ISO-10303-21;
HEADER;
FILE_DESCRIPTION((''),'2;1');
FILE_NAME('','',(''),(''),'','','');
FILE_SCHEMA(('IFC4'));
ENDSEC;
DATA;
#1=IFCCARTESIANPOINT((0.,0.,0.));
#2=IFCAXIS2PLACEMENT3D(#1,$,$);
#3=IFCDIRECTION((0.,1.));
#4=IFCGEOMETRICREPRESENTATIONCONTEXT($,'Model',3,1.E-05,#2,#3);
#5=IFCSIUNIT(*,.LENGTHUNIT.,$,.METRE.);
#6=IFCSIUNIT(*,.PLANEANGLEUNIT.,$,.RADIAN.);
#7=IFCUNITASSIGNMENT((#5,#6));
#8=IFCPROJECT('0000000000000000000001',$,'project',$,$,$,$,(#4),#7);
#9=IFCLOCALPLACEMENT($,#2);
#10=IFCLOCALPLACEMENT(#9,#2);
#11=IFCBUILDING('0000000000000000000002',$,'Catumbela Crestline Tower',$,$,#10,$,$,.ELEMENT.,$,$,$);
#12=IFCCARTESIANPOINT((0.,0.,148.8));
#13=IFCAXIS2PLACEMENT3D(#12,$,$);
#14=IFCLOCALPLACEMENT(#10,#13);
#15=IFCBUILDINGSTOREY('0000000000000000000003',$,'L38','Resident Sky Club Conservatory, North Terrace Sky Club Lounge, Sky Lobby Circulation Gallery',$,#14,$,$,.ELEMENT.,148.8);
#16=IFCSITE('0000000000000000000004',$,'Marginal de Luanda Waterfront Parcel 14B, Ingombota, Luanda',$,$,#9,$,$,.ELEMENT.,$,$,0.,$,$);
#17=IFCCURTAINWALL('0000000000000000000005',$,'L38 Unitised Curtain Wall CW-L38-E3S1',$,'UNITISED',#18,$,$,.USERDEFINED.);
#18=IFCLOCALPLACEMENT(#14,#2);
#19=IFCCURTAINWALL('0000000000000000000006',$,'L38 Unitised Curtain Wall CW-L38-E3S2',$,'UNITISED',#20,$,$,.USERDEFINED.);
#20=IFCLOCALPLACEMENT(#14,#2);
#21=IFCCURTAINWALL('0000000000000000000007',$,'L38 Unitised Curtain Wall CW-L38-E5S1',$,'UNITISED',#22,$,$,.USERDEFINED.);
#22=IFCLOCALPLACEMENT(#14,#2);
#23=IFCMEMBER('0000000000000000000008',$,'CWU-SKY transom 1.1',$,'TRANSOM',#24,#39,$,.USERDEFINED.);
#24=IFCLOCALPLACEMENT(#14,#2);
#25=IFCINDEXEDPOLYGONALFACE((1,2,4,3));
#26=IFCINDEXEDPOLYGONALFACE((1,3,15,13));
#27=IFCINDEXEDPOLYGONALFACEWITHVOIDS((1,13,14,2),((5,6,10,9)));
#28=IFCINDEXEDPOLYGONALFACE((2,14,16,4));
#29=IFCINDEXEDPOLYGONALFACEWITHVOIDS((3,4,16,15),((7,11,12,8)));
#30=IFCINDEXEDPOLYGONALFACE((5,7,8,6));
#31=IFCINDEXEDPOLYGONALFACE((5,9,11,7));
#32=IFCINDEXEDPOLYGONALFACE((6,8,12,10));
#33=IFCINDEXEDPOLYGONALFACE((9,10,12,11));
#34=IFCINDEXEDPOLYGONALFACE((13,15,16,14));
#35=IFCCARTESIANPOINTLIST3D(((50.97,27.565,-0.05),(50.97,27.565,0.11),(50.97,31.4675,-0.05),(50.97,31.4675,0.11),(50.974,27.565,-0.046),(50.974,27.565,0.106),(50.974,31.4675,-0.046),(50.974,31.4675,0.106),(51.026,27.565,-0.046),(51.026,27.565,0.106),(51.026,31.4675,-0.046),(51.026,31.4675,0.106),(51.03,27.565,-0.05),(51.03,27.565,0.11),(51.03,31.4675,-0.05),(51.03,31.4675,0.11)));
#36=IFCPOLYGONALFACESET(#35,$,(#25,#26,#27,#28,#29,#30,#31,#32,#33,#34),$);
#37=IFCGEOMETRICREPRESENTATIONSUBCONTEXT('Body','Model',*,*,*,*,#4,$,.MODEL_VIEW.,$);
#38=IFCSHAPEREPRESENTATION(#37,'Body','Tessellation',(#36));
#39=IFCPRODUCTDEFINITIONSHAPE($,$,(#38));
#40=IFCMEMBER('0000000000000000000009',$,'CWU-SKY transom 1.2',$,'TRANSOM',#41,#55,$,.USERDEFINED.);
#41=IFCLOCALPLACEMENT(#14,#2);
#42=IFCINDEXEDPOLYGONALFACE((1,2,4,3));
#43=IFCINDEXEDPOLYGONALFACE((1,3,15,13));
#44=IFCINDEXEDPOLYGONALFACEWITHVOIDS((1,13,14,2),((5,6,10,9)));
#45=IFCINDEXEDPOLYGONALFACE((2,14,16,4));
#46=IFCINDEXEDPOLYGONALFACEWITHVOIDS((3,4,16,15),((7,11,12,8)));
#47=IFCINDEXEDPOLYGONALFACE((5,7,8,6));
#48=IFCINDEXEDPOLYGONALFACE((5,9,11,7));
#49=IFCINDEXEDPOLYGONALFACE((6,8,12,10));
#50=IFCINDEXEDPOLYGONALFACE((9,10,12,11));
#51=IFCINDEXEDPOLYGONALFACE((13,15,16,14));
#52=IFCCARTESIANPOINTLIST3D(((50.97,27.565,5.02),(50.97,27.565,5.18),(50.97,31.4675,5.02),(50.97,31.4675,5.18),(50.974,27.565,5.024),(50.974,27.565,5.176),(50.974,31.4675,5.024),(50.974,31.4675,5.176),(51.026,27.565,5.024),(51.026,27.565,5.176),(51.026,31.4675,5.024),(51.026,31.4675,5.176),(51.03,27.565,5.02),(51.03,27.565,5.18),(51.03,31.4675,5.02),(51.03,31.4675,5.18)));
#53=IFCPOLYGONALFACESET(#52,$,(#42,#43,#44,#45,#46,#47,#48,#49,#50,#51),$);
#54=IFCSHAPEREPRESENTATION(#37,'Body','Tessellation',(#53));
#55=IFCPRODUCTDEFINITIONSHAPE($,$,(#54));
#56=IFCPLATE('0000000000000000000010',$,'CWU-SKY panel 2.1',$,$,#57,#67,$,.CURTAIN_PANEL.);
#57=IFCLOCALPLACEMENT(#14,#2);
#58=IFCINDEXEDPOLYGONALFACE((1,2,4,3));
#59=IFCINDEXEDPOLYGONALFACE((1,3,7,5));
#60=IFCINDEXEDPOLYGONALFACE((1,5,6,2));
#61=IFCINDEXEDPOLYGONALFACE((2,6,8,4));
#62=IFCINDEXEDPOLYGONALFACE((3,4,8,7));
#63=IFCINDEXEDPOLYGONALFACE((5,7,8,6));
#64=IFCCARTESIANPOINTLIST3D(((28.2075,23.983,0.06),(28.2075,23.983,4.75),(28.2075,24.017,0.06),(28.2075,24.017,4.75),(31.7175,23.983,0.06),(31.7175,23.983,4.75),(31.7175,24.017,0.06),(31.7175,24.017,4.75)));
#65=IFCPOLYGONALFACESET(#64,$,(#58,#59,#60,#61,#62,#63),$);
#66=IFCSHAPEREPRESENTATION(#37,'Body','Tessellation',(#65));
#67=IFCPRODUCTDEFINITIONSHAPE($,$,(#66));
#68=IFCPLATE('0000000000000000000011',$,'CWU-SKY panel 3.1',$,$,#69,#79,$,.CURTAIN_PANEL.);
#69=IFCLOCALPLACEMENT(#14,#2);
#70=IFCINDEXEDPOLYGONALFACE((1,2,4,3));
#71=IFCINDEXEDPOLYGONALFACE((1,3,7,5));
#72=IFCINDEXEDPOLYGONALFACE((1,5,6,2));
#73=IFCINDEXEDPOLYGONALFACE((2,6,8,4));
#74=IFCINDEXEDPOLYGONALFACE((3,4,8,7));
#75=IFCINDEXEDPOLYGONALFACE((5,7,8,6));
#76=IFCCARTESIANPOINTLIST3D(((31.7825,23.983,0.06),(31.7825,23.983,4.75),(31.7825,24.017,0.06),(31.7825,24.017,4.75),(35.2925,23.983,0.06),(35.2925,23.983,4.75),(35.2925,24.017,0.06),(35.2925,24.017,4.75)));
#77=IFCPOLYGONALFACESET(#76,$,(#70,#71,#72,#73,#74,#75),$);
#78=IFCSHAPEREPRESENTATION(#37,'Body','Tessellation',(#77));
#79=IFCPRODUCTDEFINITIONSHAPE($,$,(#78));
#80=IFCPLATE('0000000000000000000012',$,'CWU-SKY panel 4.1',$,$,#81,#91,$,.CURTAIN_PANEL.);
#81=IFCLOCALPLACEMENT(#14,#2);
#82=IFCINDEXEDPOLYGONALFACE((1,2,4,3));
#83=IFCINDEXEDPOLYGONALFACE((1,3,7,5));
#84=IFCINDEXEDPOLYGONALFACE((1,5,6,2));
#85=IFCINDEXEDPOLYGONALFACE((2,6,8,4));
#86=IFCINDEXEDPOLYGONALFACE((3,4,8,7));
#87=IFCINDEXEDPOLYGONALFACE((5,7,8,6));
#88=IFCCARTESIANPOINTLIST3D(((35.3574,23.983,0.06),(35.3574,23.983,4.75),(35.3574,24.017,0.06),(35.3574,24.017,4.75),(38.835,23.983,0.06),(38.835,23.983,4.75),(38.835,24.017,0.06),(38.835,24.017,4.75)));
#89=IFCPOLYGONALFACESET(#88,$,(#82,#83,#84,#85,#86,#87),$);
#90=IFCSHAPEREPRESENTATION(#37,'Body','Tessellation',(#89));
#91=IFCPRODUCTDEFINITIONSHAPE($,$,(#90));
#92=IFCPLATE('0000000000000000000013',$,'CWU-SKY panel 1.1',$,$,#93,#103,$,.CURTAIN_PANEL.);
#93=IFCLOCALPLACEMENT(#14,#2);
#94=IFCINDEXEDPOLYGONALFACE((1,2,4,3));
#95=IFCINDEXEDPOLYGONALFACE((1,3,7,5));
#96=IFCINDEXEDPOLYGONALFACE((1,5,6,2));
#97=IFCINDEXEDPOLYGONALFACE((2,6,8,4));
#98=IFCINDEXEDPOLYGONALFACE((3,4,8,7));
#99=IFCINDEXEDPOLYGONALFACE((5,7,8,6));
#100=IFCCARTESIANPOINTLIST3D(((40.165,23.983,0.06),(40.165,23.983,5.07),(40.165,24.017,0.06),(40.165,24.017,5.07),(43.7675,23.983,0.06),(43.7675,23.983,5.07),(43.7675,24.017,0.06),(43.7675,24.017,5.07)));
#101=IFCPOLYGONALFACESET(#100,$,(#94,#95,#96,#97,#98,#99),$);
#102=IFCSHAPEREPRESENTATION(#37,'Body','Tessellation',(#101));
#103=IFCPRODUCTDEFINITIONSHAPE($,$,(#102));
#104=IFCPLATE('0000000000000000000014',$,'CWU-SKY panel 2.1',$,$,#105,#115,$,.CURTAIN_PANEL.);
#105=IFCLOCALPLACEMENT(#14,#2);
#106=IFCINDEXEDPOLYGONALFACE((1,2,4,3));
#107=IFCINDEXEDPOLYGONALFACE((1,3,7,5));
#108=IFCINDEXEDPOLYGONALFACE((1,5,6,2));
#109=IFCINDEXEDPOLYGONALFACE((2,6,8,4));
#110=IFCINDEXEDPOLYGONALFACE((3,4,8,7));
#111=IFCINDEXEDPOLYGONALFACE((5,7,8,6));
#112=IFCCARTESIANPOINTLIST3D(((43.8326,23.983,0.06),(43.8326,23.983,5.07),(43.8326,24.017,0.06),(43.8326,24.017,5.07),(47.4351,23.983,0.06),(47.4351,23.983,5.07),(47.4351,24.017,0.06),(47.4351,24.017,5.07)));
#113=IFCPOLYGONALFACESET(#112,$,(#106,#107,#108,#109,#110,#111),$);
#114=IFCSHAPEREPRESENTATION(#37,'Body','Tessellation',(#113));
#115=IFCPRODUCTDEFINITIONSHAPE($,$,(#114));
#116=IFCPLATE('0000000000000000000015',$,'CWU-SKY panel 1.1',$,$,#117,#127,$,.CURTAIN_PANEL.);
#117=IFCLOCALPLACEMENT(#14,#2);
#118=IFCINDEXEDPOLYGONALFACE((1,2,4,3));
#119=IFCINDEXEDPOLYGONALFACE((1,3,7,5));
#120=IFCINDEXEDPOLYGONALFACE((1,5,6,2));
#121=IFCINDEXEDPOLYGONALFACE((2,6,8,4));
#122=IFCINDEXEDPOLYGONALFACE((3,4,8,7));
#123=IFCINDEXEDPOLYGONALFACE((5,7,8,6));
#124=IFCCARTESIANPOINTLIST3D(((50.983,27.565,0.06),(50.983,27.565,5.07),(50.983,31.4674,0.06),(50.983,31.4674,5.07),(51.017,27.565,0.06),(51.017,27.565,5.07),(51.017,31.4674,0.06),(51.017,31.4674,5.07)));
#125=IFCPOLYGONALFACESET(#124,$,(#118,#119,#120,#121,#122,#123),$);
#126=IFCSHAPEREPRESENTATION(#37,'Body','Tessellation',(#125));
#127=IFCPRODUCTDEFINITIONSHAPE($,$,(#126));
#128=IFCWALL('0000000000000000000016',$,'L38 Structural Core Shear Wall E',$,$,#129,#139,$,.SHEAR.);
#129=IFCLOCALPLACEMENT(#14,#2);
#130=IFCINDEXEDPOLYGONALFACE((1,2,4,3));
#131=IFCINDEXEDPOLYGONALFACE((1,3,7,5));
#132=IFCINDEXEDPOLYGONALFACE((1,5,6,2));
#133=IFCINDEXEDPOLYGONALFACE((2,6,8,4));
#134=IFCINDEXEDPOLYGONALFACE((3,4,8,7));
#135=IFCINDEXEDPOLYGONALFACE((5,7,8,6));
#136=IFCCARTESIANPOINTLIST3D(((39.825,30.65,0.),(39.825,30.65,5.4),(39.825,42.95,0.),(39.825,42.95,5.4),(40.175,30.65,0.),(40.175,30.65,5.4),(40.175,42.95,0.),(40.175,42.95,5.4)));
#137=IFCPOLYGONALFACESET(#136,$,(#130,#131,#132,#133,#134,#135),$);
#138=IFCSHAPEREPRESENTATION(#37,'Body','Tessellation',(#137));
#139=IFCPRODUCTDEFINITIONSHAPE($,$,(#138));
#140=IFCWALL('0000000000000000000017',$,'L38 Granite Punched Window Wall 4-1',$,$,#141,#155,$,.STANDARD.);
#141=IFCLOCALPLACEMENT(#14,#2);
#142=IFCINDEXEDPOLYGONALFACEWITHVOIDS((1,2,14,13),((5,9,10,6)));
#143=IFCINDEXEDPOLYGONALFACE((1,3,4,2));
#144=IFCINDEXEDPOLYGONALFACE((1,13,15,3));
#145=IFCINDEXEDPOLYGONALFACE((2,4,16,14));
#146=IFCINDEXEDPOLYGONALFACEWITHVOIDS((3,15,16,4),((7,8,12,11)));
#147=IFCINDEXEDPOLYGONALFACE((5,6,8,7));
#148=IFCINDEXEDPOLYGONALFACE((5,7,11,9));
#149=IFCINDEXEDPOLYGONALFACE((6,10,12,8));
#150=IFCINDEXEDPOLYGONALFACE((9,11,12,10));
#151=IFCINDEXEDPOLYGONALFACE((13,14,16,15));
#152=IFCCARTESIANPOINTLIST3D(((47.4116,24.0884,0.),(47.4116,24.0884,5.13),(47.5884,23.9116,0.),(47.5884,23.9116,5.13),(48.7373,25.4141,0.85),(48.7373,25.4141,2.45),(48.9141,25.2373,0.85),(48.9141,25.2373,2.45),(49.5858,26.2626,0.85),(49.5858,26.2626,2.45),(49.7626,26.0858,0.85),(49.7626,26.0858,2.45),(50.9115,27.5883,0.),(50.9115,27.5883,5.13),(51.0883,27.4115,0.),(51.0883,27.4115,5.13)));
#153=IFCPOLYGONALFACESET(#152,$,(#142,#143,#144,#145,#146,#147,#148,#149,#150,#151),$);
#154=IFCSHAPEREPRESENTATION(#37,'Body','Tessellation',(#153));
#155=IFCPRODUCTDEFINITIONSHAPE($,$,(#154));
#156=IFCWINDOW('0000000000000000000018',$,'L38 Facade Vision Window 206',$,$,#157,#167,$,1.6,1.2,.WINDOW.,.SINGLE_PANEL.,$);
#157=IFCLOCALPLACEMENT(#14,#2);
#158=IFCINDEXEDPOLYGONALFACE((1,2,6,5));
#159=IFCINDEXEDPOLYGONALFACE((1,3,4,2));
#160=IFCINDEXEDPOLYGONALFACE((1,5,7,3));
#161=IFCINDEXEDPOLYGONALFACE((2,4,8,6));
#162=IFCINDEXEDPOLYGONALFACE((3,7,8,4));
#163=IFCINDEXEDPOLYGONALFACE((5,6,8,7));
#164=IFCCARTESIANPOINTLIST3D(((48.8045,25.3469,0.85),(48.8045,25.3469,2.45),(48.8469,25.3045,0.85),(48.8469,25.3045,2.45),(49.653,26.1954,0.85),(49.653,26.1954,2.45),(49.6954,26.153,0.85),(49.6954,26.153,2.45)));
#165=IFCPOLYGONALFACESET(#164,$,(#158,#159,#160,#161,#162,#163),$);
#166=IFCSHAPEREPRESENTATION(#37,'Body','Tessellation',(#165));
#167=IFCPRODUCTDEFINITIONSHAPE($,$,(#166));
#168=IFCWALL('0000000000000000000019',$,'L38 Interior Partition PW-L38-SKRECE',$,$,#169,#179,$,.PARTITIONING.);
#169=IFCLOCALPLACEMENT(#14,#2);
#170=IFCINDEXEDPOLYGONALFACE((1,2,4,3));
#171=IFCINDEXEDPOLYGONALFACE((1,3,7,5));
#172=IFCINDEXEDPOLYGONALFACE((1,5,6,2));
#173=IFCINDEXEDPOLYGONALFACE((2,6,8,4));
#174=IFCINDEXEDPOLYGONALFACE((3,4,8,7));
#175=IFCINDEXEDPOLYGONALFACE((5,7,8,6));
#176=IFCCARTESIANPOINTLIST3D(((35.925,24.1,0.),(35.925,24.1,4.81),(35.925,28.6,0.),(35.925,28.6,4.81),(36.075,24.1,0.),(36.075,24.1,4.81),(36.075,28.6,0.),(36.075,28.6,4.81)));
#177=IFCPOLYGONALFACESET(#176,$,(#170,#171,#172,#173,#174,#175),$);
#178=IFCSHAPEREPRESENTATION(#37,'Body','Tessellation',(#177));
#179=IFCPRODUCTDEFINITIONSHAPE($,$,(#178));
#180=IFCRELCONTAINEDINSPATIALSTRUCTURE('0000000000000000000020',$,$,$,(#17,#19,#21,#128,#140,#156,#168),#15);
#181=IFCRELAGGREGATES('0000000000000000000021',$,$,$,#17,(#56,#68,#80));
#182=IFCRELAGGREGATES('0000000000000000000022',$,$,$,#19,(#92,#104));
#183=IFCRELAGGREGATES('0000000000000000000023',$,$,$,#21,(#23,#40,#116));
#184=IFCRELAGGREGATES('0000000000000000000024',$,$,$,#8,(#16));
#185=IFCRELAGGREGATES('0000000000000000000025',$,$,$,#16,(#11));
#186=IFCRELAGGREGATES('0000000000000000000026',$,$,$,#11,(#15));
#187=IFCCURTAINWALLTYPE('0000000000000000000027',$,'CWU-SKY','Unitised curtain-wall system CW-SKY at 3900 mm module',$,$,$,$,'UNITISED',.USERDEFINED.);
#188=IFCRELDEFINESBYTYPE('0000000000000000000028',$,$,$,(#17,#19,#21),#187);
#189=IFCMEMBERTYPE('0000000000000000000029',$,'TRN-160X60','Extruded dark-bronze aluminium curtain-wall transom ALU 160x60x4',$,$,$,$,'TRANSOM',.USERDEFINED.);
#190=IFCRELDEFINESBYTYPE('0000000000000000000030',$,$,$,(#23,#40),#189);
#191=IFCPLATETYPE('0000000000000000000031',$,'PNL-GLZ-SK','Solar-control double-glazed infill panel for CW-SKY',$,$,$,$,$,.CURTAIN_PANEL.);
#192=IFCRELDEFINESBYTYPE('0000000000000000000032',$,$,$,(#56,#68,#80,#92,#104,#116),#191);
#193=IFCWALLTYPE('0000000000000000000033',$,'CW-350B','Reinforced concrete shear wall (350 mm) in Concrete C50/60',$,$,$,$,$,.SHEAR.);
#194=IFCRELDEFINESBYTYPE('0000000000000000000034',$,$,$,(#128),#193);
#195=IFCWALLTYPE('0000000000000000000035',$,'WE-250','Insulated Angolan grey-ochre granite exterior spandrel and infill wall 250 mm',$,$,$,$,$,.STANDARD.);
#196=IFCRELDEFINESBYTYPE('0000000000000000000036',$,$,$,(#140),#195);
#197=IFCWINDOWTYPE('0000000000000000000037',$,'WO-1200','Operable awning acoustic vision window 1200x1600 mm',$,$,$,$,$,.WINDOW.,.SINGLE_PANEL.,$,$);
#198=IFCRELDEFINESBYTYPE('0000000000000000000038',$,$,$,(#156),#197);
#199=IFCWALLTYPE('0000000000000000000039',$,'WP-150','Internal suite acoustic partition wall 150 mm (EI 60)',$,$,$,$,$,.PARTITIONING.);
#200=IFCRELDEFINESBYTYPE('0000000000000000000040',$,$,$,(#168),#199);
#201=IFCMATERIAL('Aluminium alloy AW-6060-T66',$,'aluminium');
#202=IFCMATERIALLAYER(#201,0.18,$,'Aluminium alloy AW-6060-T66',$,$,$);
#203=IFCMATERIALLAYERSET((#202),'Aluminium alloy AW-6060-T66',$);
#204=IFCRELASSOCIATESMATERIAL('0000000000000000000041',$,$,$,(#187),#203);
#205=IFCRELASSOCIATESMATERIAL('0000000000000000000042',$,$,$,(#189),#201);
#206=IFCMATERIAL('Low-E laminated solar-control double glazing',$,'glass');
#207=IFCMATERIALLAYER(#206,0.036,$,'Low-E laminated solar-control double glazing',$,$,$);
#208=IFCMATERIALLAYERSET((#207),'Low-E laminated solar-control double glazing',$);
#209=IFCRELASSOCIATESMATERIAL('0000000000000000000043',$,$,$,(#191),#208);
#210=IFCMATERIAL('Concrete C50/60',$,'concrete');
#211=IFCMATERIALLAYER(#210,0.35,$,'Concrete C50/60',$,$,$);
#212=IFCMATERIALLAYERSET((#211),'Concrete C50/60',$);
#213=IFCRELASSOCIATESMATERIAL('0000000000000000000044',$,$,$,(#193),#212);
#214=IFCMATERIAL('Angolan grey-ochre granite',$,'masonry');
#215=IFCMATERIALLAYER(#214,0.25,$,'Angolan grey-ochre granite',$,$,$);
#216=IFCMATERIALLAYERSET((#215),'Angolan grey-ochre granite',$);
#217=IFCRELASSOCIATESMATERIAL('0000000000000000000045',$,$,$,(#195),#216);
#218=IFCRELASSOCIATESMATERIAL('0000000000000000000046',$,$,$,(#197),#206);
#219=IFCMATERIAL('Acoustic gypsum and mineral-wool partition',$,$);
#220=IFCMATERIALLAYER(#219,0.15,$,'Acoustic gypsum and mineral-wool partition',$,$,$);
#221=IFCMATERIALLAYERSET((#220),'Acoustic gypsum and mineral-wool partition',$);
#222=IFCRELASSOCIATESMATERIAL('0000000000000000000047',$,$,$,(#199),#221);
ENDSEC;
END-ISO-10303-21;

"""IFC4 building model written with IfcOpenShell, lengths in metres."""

from ifc_helpers import new_model, si_unit, direction, frame, frame_2d, origin, origin_2d, place, context, subcontext, project, spatial, rectangle, hollow_rectangle, extrude, material, layer, layer_set, material_profile, profile_set, type_object, element, fill, aggregate, save


model = new_model("IFC4")

# Units and contexts
model_context = context("Model", 3, precision=1e-05, world=origin(), true_north=direction((0.0, 1.0)))
body_context = subcontext(model_context, "Body", "Model", "MODEL_VIEW")
ifc_project = project(units=[si_unit("LENGTHUNIT", "METRE"), si_unit("PLANEANGLEUNIT", "RADIAN")], contexts=[model_context])

# Site, building, storey
site_placement = place(None, origin())
site = spatial("IfcSite", under=ifc_project, at=site_placement, Name="Marginal de Luanda Waterfront Parcel 14B, Ingombota, Luanda", CompositionType="ELEMENT", RefElevation=0.0)
building_placement = place(site_placement, origin())
building = spatial("IfcBuilding", under=site, at=building_placement, Name="Catumbela Crestline Tower", CompositionType="ELEMENT")
storey_placement = place(building_placement, frame((0.0, 0.0, 148.8)))
storey = spatial("IfcBuildingStorey", under=building, at=storey_placement, Name="L38", Description="Resident Sky Club Conservatory, North Terrace Sky Club Lounge, Sky Lobby Circulation Gallery", CompositionType="ELEMENT", Elevation=148.8)

# Shared definitions
ifc_material_1 = material(Name="Concrete C50/60", Category="concrete")

# Curtain walls
ifc_material_2 = material(Name="Aluminium alloy AW-6060-T66", Category="aluminium")
ifc_layer_1 = layer(ifc_material_2, 0.18, Name="Aluminium alloy AW-6060-T66")
ifc_layer_set_1 = layer_set([ifc_layer_1], Name="Aluminium alloy AW-6060-T66")
curtain_wall_type = type_object("IfcCurtainWallType", Name="CWU-SKY", Description="Unitised curtain-wall system CW-SKY at 3900 mm module", ElementType="UNITISED", PredefinedType="USERDEFINED", material=ifc_layer_set_1)
curtain_wall_1_placement = place(storey_placement, origin())
curtain_wall_1 = element("IfcCurtainWall", 1, at=curtain_wall_1_placement, inside=storey, type_object=curtain_wall_type, Name="L38 Unitised Curtain Wall CW-L38-E3S1", ObjectType="UNITISED", PredefinedType="USERDEFINED")
curtain_wall_2_placement = place(storey_placement, origin())
curtain_wall_2 = element("IfcCurtainWall", 2, at=curtain_wall_2_placement, inside=storey, type_object=curtain_wall_type, Name="L38 Unitised Curtain Wall CW-L38-E3S2", ObjectType="UNITISED", PredefinedType="USERDEFINED")

# Curtain wall
curtain_wall_3_placement = place(storey_placement, origin())
curtain_wall_3 = element("IfcCurtainWall", 3, at=curtain_wall_3_placement, inside=storey, type_object=curtain_wall_type, Name="L38 Unitised Curtain Wall CW-L38-E5S1", ObjectType="UNITISED", PredefinedType="USERDEFINED")

# Members
ifc_material_profile_1 = material_profile(ifc_material_2, hollow_rectangle(XDim=0.06, YDim=0.16, WallThickness=0.004, at=origin_2d()), Name="ALU 160x60x4")
ifc_profile_set_1 = profile_set([ifc_material_profile_1], Name="Aluminium alloy AW-6060-T66")
member_type_1 = type_object("IfcMemberType", Name="TRN-160X60", Description="Extruded dark-bronze aluminium curtain-wall transom ALU 160x60x4", ElementType="TRANSOM", PredefinedType="USERDEFINED", material=ifc_profile_set_1)
member_1_placement = place(storey_placement, frame((51.0, 27.565, 0.03), z_axis=(0.0, 1.0, 0.0), x_axis=(-1.0, 0.0, 0.0)))
member_1 = element("IfcMember", 4, at=member_1_placement, type_object=member_type_1, Name="CWU-SKY transom 1.1", ObjectType="TRANSOM", PredefinedType="USERDEFINED", context=body_context, shape_type="SweptSolid", body=[
    extrude(hollow_rectangle(XDim=0.06, YDim=0.16, WallThickness=0.004, at=origin_2d()), origin(), (0.0, 0.0, 1.0), 3.9025),
])
member_2_placement = place(storey_placement, frame((51.0, 27.565, 5.1), z_axis=(0.0, 1.0, 0.0), x_axis=(-1.0, 0.0, 0.0)))
member_2 = element("IfcMember", 5, at=member_2_placement, type_object=member_type_1, Name="CWU-SKY transom 1.2", ObjectType="TRANSOM", PredefinedType="USERDEFINED", context=body_context, shape_type="SweptSolid", body=[
    extrude(hollow_rectangle(XDim=0.06, YDim=0.16, WallThickness=0.004, at=origin_2d()), origin(), (0.0, 0.0, 1.0), 3.9025),
])

# Plates
ifc_material_3 = material(Name="Low-E laminated solar-control double glazing", Category="glass")
ifc_layer_2 = layer(ifc_material_3, 0.036, Name="Low-E laminated solar-control double glazing")
ifc_layer_set_2 = layer_set([ifc_layer_2], Name="Low-E laminated solar-control double glazing")
plate_type = type_object("IfcPlateType", Name="PNL-GLZ-SK", Description="Solar-control double-glazed infill panel for CW-SKY", PredefinedType="CURTAIN_PANEL", material=ifc_layer_set_2)
plate_1_placement = place(storey_placement, frame((29.9625, 24.0, 0.06), z_axis=(0.0, 0.0, 1.0), x_axis=(1.0, 0.0, 0.0)))
plate_1 = element("IfcPlate", 6, at=plate_1_placement, type_object=plate_type, Name="CWU-SKY panel 2.1", PredefinedType="CURTAIN_PANEL", context=body_context, shape_type="SweptSolid", body=[
    extrude(rectangle(XDim=3.51, YDim=0.034, at=origin_2d()), origin(), (0.0, 0.0, 1.0), 4.69),
])
plate_2_placement = place(storey_placement, frame((33.5375, 24.0, 0.06), z_axis=(0.0, 0.0, 1.0), x_axis=(1.0, 0.0, 0.0)))
plate_2 = element("IfcPlate", 7, at=plate_2_placement, type_object=plate_type, Name="CWU-SKY panel 3.1", PredefinedType="CURTAIN_PANEL", context=body_context, shape_type="SweptSolid", body=[
    extrude(rectangle(XDim=3.51, YDim=0.034, at=origin_2d()), origin(), (0.0, 0.0, 1.0), 4.69),
])
plate_3_placement = place(storey_placement, frame((37.0962, 24.0, 0.06), z_axis=(0.0, 0.0, 1.0), x_axis=(1.0, 0.0, 0.0)))
plate_3 = element("IfcPlate", 8, at=plate_3_placement, type_object=plate_type, Name="CWU-SKY panel 4.1", PredefinedType="CURTAIN_PANEL", context=body_context, shape_type="SweptSolid", body=[
    extrude(rectangle(XDim=3.4775, YDim=0.034, at=origin_2d()), origin(), (0.0, 0.0, 1.0), 4.69),
])
aggregate(curtain_wall_1, [plate_1, plate_2, plate_3])
plate_4_placement = place(storey_placement, frame((41.9662, 24.0, 0.06), z_axis=(0.0, 0.0, 1.0), x_axis=(1.0, 0.0, 0.0)))
plate_4 = element("IfcPlate", 9, at=plate_4_placement, type_object=plate_type, Name="CWU-SKY panel 1.1", PredefinedType="CURTAIN_PANEL", context=body_context, shape_type="SweptSolid", body=[
    extrude(rectangle(XDim=3.6025, YDim=0.034, at=origin_2d()), origin(), (0.0, 0.0, 1.0), 5.01),
])
plate_5_placement = place(storey_placement, frame((45.6338, 24.0, 0.06), z_axis=(0.0, 0.0, 1.0), x_axis=(1.0, 0.0, 0.0)))
plate_5 = element("IfcPlate", 10, at=plate_5_placement, type_object=plate_type, Name="CWU-SKY panel 2.1", PredefinedType="CURTAIN_PANEL", context=body_context, shape_type="SweptSolid", body=[
    extrude(rectangle(XDim=3.6025, YDim=0.034, at=origin_2d()), origin(), (0.0, 0.0, 1.0), 5.01),
])
aggregate(curtain_wall_2, [plate_4, plate_5])
plate_6_placement = place(storey_placement, frame((51.0, 29.5162, 0.06), z_axis=(0.0, 0.0, 1.0), x_axis=(0.0, 1.0, 0.0)))
plate_6 = element("IfcPlate", 11, at=plate_6_placement, type_object=plate_type, Name="CWU-SKY panel 1.1", PredefinedType="CURTAIN_PANEL", context=body_context, shape_type="SweptSolid", body=[
    extrude(rectangle(XDim=3.9025, YDim=0.034, at=origin_2d()), origin(), (0.0, 0.0, 1.0), 5.01),
])
aggregate(curtain_wall_3, [member_1, member_2, plate_6])

# Wall
ifc_layer_3 = layer(ifc_material_1, 0.35, Name="Concrete C50/60")
ifc_layer_set_3 = layer_set([ifc_layer_3], Name="Concrete C50/60")
wall_type_1 = type_object("IfcWallType", Name="CW-350B", Description="Reinforced concrete shear wall (350 mm) in Concrete C50/60", PredefinedType="SHEAR", material=ifc_layer_set_3)
wall_1_placement = place(storey_placement, frame((40.0, 30.65, 0.0), z_axis=(0.0, 0.0, 1.0), x_axis=(0.0, 1.0, 0.0)))
element("IfcWall", 12, at=wall_1_placement, inside=storey, type_object=wall_type_1, Name="L38 Structural Core Shear Wall E", PredefinedType="SHEAR", context=body_context, shape_type="SweptSolid", body=[
    extrude(rectangle(XDim=12.3, YDim=0.35, at=frame_2d((6.15, 0.0))), origin(), (0.0, 0.0, 1.0), 5.4),
])

# Wall, opening, window
ifc_material_4 = material(Name="Angolan grey-ochre granite", Category="masonry")
ifc_layer_4 = layer(ifc_material_4, 0.25, Name="Angolan grey-ochre granite")
ifc_layer_set_4 = layer_set([ifc_layer_4], Name="Angolan grey-ochre granite")
wall_type_2 = type_object("IfcWallType", Name="WE-250", Description="Insulated Angolan grey-ochre granite exterior spandrel and infill wall 250 mm", PredefinedType="STANDARD", material=ifc_layer_set_4)
wall_2_placement = place(storey_placement, frame((47.5, 24.0, 0.0), z_axis=(0.0, 0.0, 1.0), x_axis=(0.707107, 0.707107, 0.0)))
wall_2 = element("IfcWall", 13, at=wall_2_placement, inside=storey, type_object=wall_type_2, Name="L38 Granite Punched Window Wall 4-1", PredefinedType="STANDARD", context=body_context, shape_type="SweptSolid", body=[
    extrude(rectangle(XDim=4.9497, YDim=0.25, at=frame_2d((2.4748, 0.0))), origin(), (0.0, 0.0, 1.0), 5.13),
])
opening_placement = place(wall_2_placement, frame((1.8748, 0.0, 0.85)))
opening = element("IfcOpeningElement", 14, at=opening_placement, cuts=wall_2, PredefinedType="OPENING", context=body_context, shape_type="SweptSolid", body=[
    extrude(rectangle(XDim=1.2, YDim=1.6, at=frame_2d((0.6, 0.8))), frame((0.0, 0.135, 0.0), z_axis=(0.0, -1.0, 0.0), x_axis=(1.0, 0.0, 0.0)), (0.0, 0.0, 1.0), 0.27),
])
window_type = type_object("IfcWindowType", Name="WO-1200", Description="Operable awning acoustic vision window 1200x1600 mm", PartitioningType="SINGLE_PANEL", PredefinedType="WINDOW", material=ifc_material_3)
window_placement = place(opening_placement, origin())
window = element("IfcWindow", 15, at=window_placement, inside=storey, type_object=window_type, Name="L38 Facade Vision Window 206", OverallHeight=1.6, OverallWidth=1.2, PartitioningType="SINGLE_PANEL", PredefinedType="WINDOW", context=body_context, shape_type="SweptSolid", body=[
    extrude(rectangle(XDim=1.2, YDim=1.6, at=frame_2d((0.6, 0.8))), frame((0.0, 0.03, 0.0), z_axis=(0.0, -1.0, 0.0), x_axis=(1.0, 0.0, 0.0)), (0.0, 0.0, 1.0), 0.06),
])
fill(opening, window)

# Wall
ifc_material_5 = material(Name="Acoustic gypsum and mineral-wool partition")
ifc_layer_5 = layer(ifc_material_5, 0.15, Name="Acoustic gypsum and mineral-wool partition")
ifc_layer_set_5 = layer_set([ifc_layer_5], Name="Acoustic gypsum and mineral-wool partition")
wall_type_3 = type_object("IfcWallType", Name="WP-150", Description="Internal suite acoustic partition wall 150 mm (EI 60)", PredefinedType="PARTITIONING", material=ifc_layer_set_5)
wall_3_placement = place(storey_placement, frame((36.0, 24.1, 0.0), z_axis=(0.0, 0.0, 1.0), x_axis=(0.0, 1.0, 0.0)))
element("IfcWall", 16, at=wall_3_placement, inside=storey, type_object=wall_type_3, Name="L38 Interior Partition PW-L38-SKRECE", PredefinedType="PARTITIONING", context=body_context, shape_type="SweptSolid", body=[
    extrude(rectangle(XDim=4.5, YDim=0.15, at=frame_2d((2.25, 0.0))), origin(), (0.0, 0.0, 1.0), 4.81),
])

save(model, "model.ifc")
